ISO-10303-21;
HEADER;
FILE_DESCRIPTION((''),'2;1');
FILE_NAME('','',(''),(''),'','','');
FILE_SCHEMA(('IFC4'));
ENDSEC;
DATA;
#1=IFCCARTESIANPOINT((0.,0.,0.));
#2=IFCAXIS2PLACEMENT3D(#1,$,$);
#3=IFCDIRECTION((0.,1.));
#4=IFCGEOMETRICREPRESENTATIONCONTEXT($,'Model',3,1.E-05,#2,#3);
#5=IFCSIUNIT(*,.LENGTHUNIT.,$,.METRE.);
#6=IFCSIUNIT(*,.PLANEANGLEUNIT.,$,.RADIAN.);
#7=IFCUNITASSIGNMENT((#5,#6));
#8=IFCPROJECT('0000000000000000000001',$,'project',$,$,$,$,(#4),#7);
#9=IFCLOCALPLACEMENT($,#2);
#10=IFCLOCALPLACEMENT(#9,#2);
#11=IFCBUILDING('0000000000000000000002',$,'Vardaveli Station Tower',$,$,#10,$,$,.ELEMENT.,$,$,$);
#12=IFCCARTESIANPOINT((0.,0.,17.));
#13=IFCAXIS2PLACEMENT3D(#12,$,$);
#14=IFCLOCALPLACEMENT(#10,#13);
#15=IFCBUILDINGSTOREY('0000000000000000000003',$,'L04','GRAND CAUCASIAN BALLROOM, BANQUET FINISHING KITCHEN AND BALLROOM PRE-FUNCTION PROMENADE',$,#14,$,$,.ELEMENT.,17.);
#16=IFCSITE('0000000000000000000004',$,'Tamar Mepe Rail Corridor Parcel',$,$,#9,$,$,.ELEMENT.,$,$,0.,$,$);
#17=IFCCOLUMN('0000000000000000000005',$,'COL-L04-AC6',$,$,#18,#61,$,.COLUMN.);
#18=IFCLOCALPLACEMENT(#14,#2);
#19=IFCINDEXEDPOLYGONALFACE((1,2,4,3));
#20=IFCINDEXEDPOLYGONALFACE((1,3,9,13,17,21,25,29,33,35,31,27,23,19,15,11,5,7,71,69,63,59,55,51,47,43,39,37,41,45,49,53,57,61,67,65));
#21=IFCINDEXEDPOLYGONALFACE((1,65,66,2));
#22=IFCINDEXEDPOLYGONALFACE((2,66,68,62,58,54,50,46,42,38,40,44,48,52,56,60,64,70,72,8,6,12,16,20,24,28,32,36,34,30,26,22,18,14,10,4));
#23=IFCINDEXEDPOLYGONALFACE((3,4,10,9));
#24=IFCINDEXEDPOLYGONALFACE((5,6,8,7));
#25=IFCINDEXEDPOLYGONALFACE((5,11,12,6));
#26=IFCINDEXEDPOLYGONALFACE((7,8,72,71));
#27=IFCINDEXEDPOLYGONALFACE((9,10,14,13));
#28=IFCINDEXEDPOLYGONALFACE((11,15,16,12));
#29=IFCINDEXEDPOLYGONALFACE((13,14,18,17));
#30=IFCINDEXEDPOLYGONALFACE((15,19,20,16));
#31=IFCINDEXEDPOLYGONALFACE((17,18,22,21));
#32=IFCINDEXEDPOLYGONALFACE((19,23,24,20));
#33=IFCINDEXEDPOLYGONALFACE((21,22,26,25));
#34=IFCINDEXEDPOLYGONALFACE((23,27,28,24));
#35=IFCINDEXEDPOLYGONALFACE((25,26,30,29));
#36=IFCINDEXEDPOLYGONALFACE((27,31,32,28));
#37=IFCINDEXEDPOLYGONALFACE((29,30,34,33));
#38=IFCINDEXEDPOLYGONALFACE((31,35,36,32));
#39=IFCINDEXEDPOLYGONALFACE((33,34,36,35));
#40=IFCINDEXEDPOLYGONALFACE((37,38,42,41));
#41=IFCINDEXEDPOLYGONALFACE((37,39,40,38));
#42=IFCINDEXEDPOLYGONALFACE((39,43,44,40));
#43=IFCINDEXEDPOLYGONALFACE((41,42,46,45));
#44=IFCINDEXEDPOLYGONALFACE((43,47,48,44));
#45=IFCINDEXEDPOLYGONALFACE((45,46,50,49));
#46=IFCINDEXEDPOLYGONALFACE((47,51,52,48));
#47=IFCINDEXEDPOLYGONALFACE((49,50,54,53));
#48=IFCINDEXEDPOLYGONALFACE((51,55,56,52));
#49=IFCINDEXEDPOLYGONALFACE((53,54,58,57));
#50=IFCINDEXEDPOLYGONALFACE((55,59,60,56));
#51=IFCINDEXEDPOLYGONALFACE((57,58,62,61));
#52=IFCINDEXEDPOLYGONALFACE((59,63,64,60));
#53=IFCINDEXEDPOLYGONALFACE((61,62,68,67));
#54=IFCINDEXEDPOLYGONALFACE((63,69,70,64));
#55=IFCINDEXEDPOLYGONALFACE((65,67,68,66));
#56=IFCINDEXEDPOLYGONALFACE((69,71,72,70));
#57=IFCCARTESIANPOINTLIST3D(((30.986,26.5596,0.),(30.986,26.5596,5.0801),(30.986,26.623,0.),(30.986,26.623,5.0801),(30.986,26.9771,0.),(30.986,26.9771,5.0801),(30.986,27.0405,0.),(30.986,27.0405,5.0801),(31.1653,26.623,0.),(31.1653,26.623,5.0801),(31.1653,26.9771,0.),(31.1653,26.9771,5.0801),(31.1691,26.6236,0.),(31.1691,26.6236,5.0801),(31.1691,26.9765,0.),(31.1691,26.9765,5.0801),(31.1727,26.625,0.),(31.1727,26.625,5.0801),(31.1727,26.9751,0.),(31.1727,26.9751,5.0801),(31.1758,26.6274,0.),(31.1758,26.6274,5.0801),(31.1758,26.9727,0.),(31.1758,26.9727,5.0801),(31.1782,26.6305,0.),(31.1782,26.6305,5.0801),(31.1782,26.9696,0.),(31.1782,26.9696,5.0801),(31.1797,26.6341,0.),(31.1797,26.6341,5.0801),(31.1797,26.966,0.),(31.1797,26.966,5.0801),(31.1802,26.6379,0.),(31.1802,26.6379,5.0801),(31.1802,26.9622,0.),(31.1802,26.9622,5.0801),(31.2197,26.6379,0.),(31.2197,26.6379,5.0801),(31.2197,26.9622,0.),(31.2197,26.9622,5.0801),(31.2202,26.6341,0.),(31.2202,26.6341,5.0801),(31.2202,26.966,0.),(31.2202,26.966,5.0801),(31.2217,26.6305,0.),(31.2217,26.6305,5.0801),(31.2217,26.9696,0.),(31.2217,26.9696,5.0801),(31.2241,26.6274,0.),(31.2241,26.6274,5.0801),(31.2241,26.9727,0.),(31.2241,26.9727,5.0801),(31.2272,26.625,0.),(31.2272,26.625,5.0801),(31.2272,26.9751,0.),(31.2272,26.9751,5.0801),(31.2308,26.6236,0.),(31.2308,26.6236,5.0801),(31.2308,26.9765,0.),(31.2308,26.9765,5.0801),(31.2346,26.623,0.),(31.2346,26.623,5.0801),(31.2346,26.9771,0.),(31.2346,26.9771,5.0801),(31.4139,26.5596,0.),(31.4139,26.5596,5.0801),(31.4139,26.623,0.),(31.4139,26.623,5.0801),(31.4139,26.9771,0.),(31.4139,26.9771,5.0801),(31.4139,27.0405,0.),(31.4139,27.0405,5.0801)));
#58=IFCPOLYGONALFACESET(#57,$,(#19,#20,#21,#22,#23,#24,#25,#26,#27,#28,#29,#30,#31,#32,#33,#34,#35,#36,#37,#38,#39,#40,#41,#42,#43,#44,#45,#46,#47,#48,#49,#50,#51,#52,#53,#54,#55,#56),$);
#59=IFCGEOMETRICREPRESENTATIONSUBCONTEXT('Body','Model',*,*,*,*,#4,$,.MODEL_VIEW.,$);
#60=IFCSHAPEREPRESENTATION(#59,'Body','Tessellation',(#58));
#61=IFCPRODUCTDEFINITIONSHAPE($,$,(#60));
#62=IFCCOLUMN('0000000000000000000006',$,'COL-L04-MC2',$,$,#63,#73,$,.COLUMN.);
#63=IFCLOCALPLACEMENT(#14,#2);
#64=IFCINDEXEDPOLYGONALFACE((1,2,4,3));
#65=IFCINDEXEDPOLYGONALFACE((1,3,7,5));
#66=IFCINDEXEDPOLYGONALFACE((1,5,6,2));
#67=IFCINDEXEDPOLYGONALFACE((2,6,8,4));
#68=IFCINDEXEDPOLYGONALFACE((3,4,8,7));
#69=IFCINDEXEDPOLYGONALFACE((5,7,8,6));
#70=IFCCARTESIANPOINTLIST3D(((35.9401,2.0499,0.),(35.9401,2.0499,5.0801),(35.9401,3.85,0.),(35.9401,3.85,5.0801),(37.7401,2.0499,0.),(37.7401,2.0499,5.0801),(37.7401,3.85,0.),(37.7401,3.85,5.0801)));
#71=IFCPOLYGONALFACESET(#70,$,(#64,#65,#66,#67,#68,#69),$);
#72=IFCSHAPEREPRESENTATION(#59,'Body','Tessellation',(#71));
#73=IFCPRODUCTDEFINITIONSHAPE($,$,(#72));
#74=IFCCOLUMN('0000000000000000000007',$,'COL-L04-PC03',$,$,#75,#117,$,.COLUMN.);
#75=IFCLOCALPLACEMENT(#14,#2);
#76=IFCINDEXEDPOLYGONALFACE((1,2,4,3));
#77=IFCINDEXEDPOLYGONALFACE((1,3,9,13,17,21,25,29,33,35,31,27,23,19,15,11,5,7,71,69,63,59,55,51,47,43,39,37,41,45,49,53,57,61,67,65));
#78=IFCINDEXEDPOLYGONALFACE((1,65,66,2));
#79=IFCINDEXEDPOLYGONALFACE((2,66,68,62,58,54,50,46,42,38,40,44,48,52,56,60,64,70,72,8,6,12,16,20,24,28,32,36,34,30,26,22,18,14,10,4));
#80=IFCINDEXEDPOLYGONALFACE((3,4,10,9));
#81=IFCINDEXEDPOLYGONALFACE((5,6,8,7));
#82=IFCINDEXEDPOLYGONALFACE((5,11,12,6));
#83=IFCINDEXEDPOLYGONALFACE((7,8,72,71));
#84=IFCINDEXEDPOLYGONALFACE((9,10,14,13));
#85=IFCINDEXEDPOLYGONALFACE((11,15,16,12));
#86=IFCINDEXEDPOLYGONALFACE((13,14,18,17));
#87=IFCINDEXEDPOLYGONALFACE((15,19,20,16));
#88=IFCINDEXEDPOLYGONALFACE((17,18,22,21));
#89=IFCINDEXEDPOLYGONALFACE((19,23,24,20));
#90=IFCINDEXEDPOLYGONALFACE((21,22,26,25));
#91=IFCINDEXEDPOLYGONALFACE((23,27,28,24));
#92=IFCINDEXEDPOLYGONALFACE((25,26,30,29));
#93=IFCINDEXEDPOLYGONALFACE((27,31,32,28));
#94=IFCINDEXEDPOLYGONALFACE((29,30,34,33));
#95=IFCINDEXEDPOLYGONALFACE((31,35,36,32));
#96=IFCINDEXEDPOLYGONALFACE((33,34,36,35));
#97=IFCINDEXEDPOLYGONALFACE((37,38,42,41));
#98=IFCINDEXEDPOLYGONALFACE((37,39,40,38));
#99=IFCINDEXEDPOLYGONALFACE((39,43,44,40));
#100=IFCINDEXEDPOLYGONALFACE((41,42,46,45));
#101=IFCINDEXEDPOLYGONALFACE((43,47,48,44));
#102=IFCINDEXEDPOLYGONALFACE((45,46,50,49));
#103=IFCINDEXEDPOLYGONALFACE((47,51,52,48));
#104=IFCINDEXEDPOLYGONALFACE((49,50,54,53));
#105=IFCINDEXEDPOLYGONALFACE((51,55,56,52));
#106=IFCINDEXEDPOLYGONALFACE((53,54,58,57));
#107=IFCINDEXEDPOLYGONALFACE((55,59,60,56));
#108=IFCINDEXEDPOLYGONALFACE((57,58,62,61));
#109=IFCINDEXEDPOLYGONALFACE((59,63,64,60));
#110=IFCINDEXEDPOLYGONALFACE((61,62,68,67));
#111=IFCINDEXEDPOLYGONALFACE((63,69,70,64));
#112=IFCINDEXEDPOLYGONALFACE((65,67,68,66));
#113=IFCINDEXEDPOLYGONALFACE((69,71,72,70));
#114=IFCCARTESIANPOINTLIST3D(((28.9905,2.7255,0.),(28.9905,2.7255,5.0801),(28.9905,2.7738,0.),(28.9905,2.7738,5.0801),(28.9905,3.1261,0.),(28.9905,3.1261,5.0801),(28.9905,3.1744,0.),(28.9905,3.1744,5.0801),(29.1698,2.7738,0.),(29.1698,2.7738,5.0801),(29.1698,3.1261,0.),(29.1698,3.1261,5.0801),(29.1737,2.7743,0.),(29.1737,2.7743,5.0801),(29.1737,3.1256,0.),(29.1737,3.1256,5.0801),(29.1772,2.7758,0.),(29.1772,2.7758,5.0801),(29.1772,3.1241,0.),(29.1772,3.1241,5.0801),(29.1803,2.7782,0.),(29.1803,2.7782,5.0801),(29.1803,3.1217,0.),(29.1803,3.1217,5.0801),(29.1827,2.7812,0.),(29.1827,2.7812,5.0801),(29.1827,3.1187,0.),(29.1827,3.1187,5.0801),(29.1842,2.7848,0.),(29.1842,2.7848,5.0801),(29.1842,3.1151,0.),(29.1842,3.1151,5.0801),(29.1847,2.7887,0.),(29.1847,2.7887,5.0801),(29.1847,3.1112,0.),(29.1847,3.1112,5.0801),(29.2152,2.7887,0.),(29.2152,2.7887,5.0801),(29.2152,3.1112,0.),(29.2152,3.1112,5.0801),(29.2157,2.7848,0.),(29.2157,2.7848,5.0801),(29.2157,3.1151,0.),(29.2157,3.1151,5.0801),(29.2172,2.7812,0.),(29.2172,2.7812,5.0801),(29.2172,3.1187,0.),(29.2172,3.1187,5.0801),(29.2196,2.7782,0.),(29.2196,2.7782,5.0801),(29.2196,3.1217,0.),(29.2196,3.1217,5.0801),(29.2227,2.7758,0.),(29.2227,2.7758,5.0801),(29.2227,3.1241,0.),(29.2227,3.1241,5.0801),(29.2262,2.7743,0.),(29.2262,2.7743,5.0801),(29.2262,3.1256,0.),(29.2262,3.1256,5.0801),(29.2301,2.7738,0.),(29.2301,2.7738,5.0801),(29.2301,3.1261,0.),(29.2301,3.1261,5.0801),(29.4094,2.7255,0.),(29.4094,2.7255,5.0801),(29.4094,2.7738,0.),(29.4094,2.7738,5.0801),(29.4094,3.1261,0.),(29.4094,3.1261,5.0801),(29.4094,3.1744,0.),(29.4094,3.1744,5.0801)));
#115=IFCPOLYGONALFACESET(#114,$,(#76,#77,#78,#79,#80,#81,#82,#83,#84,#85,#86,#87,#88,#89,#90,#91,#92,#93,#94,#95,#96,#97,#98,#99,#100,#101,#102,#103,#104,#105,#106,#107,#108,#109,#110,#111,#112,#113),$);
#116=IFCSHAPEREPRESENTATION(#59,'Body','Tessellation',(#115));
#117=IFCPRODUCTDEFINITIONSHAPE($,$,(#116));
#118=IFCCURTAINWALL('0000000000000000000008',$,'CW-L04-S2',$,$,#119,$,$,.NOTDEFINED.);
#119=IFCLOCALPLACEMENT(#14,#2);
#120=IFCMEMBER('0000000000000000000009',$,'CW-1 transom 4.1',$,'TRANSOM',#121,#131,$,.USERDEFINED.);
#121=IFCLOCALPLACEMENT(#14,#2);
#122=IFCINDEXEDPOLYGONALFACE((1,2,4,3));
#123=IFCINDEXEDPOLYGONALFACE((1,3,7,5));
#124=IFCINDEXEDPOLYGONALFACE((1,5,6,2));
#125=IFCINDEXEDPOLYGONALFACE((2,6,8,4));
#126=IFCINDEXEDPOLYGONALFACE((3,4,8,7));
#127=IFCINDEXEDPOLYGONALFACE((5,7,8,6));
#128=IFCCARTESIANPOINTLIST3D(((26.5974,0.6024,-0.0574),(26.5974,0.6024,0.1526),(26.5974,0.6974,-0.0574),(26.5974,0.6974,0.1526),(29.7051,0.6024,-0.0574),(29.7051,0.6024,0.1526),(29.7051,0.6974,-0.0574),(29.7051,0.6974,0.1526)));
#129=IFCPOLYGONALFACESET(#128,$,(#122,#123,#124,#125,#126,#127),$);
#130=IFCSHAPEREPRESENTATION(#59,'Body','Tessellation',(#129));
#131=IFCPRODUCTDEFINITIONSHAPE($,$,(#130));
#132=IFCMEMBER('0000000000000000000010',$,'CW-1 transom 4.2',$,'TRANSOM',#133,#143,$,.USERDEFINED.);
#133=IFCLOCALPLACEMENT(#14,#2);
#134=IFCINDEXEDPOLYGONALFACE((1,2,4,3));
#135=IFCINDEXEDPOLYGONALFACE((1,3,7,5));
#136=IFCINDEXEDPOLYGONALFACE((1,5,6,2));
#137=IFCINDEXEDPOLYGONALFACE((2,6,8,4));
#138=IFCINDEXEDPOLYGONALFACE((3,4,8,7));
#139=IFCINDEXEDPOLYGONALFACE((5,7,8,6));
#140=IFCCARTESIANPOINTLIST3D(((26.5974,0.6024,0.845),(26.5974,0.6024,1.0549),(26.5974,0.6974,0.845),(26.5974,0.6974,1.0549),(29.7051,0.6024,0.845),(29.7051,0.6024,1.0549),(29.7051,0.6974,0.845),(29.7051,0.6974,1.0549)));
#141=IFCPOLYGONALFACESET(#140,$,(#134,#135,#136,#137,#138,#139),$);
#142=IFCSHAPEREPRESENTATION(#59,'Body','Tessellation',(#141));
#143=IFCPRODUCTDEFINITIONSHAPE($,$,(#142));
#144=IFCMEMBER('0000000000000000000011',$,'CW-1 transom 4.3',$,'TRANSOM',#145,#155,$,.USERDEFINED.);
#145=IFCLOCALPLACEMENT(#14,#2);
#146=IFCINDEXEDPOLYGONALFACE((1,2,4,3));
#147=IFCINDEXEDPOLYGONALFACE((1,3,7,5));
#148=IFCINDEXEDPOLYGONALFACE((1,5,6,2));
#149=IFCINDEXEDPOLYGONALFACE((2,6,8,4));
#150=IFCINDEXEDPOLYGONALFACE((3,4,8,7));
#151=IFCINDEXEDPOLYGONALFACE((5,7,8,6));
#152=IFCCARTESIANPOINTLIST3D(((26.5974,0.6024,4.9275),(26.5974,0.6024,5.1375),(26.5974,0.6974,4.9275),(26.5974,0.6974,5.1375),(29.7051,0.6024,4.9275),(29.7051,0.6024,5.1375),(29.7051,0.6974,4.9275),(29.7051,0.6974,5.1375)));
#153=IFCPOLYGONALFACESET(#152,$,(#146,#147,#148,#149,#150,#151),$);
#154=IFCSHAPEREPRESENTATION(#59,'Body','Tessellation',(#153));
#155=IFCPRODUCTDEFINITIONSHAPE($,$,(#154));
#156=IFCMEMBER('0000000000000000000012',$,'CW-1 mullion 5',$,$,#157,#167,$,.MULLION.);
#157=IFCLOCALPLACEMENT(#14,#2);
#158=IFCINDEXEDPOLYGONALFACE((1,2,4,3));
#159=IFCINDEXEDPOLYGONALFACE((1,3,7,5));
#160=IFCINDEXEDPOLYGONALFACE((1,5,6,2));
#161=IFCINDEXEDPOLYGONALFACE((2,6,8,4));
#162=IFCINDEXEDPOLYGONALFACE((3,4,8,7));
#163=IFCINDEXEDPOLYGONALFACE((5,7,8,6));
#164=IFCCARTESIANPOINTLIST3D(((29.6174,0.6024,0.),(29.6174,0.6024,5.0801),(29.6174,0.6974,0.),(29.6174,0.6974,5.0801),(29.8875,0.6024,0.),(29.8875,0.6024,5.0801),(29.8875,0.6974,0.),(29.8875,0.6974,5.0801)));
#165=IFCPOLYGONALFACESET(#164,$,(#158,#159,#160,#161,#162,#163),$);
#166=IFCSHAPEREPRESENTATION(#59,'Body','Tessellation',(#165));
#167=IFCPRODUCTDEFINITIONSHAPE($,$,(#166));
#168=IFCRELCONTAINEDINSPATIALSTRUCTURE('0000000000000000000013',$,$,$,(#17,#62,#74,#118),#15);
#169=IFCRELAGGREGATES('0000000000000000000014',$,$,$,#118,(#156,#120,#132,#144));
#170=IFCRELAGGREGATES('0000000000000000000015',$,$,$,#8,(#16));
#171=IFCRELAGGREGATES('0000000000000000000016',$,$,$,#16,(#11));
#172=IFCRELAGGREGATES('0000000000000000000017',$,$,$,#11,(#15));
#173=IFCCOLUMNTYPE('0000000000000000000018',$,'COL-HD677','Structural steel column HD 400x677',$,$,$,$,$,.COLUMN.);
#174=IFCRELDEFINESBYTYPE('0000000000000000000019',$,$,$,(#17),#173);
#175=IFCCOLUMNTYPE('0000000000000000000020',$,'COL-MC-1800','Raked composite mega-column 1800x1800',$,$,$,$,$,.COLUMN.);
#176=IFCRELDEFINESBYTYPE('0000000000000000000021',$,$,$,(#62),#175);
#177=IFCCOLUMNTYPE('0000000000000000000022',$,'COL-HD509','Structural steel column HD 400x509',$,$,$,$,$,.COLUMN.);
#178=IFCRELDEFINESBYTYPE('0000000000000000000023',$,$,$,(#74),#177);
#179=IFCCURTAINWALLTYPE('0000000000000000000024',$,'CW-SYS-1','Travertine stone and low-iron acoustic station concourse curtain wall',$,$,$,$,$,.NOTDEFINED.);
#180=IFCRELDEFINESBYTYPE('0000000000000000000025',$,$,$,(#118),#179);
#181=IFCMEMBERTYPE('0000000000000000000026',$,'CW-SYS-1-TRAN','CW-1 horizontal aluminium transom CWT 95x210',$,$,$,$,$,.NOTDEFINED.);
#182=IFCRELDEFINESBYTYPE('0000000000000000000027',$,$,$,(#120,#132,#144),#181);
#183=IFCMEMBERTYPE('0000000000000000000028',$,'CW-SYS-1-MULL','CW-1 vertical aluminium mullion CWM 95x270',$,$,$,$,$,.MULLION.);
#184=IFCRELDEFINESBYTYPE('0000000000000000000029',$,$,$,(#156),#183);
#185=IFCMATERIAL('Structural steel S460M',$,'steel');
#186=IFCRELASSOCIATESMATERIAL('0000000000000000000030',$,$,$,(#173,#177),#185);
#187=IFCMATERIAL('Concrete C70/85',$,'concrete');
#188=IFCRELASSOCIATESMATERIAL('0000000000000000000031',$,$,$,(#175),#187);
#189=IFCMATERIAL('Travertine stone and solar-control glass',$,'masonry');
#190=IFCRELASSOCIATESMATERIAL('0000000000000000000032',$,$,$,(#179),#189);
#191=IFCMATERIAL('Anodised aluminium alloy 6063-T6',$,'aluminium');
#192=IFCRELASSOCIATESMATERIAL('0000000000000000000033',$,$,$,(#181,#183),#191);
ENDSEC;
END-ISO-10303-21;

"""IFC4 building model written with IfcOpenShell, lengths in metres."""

from ifc_helpers import new_model, si_unit, direction, frame, origin, origin_2d, place, context, subcontext, project, spatial, rectangle, i_section, extrude, source, transform, mapped, material, material_profile, profile_set, type_object, element, aggregate, save


model = new_model("IFC4")

# Units and contexts
model_context = context("Model", 3, precision=1e-05, world=origin(), true_north=direction((0.0, 1.0)))
body_context = subcontext(model_context, "Body", "Model", "MODEL_VIEW")
ifc_project = project(units=[si_unit("LENGTHUNIT", "METRE"), si_unit("PLANEANGLEUNIT", "RADIAN")], contexts=[model_context])

# Site, building, storey
site_placement = place(None, origin())
site = spatial("IfcSite", under=ifc_project, at=site_placement, Name="Tamar Mepe Rail Corridor Parcel", CompositionType="ELEMENT", RefElevation=0.0)
building_placement = place(site_placement, origin())
building = spatial("IfcBuilding", under=site, at=building_placement, Name="Vardaveli Station Tower", CompositionType="ELEMENT")
storey_placement = place(building_placement, frame((0.0, 0.0, 17.0)))
storey = spatial("IfcBuildingStorey", under=building, at=storey_placement, Name="L04", Description="GRAND CAUCASIAN BALLROOM, BANQUET FINISHING KITCHEN AND BALLROOM PRE-FUNCTION PROMENADE", CompositionType="ELEMENT", Elevation=17.0)

# Columns
ifc_material_1 = material(Name="Structural steel S460M", Category="steel")
ifc_material_profile_1 = material_profile(ifc_material_1, i_section(OverallWidth=0.428, OverallDepth=0.481, WebThickness=0.0396, FlangeThickness=0.0635, FilletRadius=0.0149, at=origin_2d()), Name="HD 400x677")
ifc_profile_set_1 = profile_set([ifc_material_profile_1], Name="Structural steel S460M")
column_type_1 = type_object("IfcColumnType", Name="COL-HD677", Description="Structural steel column HD 400x677", PredefinedType="COLUMN", material=ifc_profile_set_1)
shared_shape_1 = source(origin(), body_context, "Body", "SweptSolid", [
    extrude(i_section(OverallWidth=0.428, OverallDepth=0.481, WebThickness=0.0396, FlangeThickness=0.0635, FilletRadius=0.0149, at=origin_2d()), origin(), (0.0, 0.0, 1.0), 5.0801),
])
for number, where, z_axis, x_axis, name in (
    (1, (31.2, 26.8, 0.0), (0.0, 0.0, 1.0), (1.0, 0.0, 0.0), "COL-L04-AC6"),
):
    element("IfcColumn", number, at=place(storey_placement, frame(where, z_axis=z_axis, x_axis=x_axis)), inside=storey, type_object=column_type_1, Name=name, PredefinedType="COLUMN", context=body_context, shape_type="MappedRepresentation", body=[
        mapped(shared_shape_1, transform((0.0, 0.0, 0.0), scale=1.0)),
    ])
ifc_material_2 = material(Name="Concrete C70/85", Category="concrete")
ifc_material_profile_2 = material_profile(ifc_material_2, rectangle(XDim=1.8, YDim=1.8, at=origin_2d()), Name="MC 1800x1800")
ifc_profile_set_2 = profile_set([ifc_material_profile_2], Name="Concrete C70/85")
column_type_2 = type_object("IfcColumnType", Name="COL-MC-1800", Description="Raked composite mega-column 1800x1800", PredefinedType="COLUMN", material=ifc_profile_set_2)
shared_shape_2 = source(origin(), body_context, "Body", "SweptSolid", [
    extrude(rectangle(XDim=1.8, YDim=1.8, at=origin_2d()), origin(), (0.0, 0.0, 1.0), 5.0801),
])
column_1_placement = place(storey_placement, frame((36.8401, 2.95, 0.0), z_axis=(0.0, 0.0, 1.0), x_axis=(1.0, 0.0, 0.0)))
element("IfcColumn", 2, at=column_1_placement, inside=storey, type_object=column_type_2, Name="COL-L04-MC2", PredefinedType="COLUMN", context=body_context, shape_type="MappedRepresentation", body=[
    mapped(shared_shape_2, transform((0.0, 0.0, 0.0), scale=1.0)),
])
ifc_material_profile_3 = material_profile(ifc_material_1, i_section(OverallWidth=0.4189, OverallDepth=0.449, WebThickness=0.0305, FlangeThickness=0.0483, FilletRadius=0.0149, at=origin_2d()), Name="HD 400x509")
ifc_profile_set_3 = profile_set([ifc_material_profile_3], Name="Structural steel S460M")
column_type_3 = type_object("IfcColumnType", Name="COL-HD509", Description="Structural steel column HD 400x509", PredefinedType="COLUMN", material=ifc_profile_set_3)
shared_shape_3 = source(origin(), body_context, "Body", "SweptSolid", [
    extrude(i_section(OverallWidth=0.4189, OverallDepth=0.449, WebThickness=0.0305, FlangeThickness=0.0483, FilletRadius=0.0149, at=origin_2d()), origin(), (0.0, 0.0, 1.0), 5.0801),
])
column_2_placement = place(storey_placement, frame((29.2, 2.95, 0.0), z_axis=(0.0, 0.0, 1.0), x_axis=(1.0, 0.0, 0.0)))
element("IfcColumn", 3, at=column_2_placement, inside=storey, type_object=column_type_3, Name="COL-L04-PC03", PredefinedType="COLUMN", context=body_context, shape_type="MappedRepresentation", body=[
    mapped(shared_shape_3, transform((0.0, 0.0, 0.0), scale=1.0)),
])

# Curtain wall, members
ifc_material_3 = material(Name="Travertine stone and solar-control glass", Category="masonry")
curtain_wall_type = type_object("IfcCurtainWallType", Name="CW-SYS-1", Description="Travertine stone and low-iron acoustic station concourse curtain wall", PredefinedType="NOTDEFINED", material=ifc_material_3)
curtain_wall_placement = place(storey_placement, origin())
curtain_wall = element("IfcCurtainWall", 4, at=curtain_wall_placement, inside=storey, type_object=curtain_wall_type, Name="CW-L04-S2", PredefinedType="NOTDEFINED")
ifc_material_4 = material(Name="Anodised aluminium alloy 6063-T6", Category="aluminium")
ifc_material_profile_4 = material_profile(ifc_material_4, rectangle(XDim=0.095, YDim=0.21, at=origin_2d()), Name="CWT 95x210")
ifc_profile_set_4 = profile_set([ifc_material_profile_4], Name="Anodised aluminium alloy 6063-T6")
member_type_1 = type_object("IfcMemberType", Name="CW-SYS-1-TRAN", Description="CW-1 horizontal aluminium transom CWT 95x210", PredefinedType="NOTDEFINED", material=ifc_profile_set_4)
shared_shape_4 = source(origin(), body_context, "Body", "SweptSolid", [
    extrude(rectangle(XDim=0.095, YDim=0.21, at=origin_2d()), origin(), (0.0, 0.0, 1.0), 3.1077),
])
member_1_placement = place(storey_placement, frame((26.5974, 0.6499, 0.0476), z_axis=(1.0, 0.0, 0.0), x_axis=(0.0, 1.0, 0.0)))
member_1 = element("IfcMember", 5, at=member_1_placement, type_object=member_type_1, Name="CW-1 transom 4.1", ObjectType="TRANSOM", PredefinedType="USERDEFINED", context=body_context, shape_type="MappedRepresentation", body=[
    mapped(shared_shape_4, transform((0.0, 0.0, 0.0), scale=1.0)),
])
member_2_placement = place(storey_placement, frame((26.5974, 0.6499, 0.95), z_axis=(1.0, 0.0, 0.0), x_axis=(0.0, 1.0, 0.0)))
member_2 = element("IfcMember", 6, at=member_2_placement, type_object=member_type_1, Name="CW-1 transom 4.2", ObjectType="TRANSOM", PredefinedType="USERDEFINED", context=body_context, shape_type="MappedRepresentation", body=[
    mapped(shared_shape_4, transform((0.0, 0.0, 0.0), scale=1.0)),
])
member_3_placement = place(storey_placement, frame((26.5974, 0.6499, 5.0325), z_axis=(1.0, 0.0, 0.0), x_axis=(0.0, 1.0, 0.0)))
member_3 = element("IfcMember", 7, at=member_3_placement, type_object=member_type_1, Name="CW-1 transom 4.3", ObjectType="TRANSOM", PredefinedType="USERDEFINED", context=body_context, shape_type="MappedRepresentation", body=[
    mapped(shared_shape_4, transform((0.0, 0.0, 0.0), scale=1.0)),
])
ifc_material_profile_5 = material_profile(ifc_material_4, rectangle(XDim=0.095, YDim=0.27, at=origin_2d()), Name="CWM 95x270")
ifc_profile_set_5 = profile_set([ifc_material_profile_5], Name="Anodised aluminium alloy 6063-T6")
member_type_2 = type_object("IfcMemberType", Name="CW-SYS-1-MULL", Description="CW-1 vertical aluminium mullion CWM 95x270", PredefinedType="MULLION", material=ifc_profile_set_5)
shared_shape_5 = source(origin(), body_context, "Body", "SweptSolid", [
    extrude(rectangle(XDim=0.095, YDim=0.27, at=origin_2d()), origin(), (0.0, 0.0, 1.0), 5.0801),
])
member_4_placement = place(storey_placement, frame((29.7524, 0.6499, 0.0), z_axis=(0.0, 0.0, 1.0), x_axis=(0.0, 1.0, 0.0)))
member_4 = element("IfcMember", 8, at=member_4_placement, type_object=member_type_2, Name="CW-1 mullion 5", PredefinedType="MULLION", context=body_context, shape_type="MappedRepresentation", body=[
    mapped(shared_shape_5, transform((0.0, 0.0, 0.0), scale=1.0)),
])
aggregate(curtain_wall, [member_4, member_1, member_2, member_3])

save(model, "model.ifc")
